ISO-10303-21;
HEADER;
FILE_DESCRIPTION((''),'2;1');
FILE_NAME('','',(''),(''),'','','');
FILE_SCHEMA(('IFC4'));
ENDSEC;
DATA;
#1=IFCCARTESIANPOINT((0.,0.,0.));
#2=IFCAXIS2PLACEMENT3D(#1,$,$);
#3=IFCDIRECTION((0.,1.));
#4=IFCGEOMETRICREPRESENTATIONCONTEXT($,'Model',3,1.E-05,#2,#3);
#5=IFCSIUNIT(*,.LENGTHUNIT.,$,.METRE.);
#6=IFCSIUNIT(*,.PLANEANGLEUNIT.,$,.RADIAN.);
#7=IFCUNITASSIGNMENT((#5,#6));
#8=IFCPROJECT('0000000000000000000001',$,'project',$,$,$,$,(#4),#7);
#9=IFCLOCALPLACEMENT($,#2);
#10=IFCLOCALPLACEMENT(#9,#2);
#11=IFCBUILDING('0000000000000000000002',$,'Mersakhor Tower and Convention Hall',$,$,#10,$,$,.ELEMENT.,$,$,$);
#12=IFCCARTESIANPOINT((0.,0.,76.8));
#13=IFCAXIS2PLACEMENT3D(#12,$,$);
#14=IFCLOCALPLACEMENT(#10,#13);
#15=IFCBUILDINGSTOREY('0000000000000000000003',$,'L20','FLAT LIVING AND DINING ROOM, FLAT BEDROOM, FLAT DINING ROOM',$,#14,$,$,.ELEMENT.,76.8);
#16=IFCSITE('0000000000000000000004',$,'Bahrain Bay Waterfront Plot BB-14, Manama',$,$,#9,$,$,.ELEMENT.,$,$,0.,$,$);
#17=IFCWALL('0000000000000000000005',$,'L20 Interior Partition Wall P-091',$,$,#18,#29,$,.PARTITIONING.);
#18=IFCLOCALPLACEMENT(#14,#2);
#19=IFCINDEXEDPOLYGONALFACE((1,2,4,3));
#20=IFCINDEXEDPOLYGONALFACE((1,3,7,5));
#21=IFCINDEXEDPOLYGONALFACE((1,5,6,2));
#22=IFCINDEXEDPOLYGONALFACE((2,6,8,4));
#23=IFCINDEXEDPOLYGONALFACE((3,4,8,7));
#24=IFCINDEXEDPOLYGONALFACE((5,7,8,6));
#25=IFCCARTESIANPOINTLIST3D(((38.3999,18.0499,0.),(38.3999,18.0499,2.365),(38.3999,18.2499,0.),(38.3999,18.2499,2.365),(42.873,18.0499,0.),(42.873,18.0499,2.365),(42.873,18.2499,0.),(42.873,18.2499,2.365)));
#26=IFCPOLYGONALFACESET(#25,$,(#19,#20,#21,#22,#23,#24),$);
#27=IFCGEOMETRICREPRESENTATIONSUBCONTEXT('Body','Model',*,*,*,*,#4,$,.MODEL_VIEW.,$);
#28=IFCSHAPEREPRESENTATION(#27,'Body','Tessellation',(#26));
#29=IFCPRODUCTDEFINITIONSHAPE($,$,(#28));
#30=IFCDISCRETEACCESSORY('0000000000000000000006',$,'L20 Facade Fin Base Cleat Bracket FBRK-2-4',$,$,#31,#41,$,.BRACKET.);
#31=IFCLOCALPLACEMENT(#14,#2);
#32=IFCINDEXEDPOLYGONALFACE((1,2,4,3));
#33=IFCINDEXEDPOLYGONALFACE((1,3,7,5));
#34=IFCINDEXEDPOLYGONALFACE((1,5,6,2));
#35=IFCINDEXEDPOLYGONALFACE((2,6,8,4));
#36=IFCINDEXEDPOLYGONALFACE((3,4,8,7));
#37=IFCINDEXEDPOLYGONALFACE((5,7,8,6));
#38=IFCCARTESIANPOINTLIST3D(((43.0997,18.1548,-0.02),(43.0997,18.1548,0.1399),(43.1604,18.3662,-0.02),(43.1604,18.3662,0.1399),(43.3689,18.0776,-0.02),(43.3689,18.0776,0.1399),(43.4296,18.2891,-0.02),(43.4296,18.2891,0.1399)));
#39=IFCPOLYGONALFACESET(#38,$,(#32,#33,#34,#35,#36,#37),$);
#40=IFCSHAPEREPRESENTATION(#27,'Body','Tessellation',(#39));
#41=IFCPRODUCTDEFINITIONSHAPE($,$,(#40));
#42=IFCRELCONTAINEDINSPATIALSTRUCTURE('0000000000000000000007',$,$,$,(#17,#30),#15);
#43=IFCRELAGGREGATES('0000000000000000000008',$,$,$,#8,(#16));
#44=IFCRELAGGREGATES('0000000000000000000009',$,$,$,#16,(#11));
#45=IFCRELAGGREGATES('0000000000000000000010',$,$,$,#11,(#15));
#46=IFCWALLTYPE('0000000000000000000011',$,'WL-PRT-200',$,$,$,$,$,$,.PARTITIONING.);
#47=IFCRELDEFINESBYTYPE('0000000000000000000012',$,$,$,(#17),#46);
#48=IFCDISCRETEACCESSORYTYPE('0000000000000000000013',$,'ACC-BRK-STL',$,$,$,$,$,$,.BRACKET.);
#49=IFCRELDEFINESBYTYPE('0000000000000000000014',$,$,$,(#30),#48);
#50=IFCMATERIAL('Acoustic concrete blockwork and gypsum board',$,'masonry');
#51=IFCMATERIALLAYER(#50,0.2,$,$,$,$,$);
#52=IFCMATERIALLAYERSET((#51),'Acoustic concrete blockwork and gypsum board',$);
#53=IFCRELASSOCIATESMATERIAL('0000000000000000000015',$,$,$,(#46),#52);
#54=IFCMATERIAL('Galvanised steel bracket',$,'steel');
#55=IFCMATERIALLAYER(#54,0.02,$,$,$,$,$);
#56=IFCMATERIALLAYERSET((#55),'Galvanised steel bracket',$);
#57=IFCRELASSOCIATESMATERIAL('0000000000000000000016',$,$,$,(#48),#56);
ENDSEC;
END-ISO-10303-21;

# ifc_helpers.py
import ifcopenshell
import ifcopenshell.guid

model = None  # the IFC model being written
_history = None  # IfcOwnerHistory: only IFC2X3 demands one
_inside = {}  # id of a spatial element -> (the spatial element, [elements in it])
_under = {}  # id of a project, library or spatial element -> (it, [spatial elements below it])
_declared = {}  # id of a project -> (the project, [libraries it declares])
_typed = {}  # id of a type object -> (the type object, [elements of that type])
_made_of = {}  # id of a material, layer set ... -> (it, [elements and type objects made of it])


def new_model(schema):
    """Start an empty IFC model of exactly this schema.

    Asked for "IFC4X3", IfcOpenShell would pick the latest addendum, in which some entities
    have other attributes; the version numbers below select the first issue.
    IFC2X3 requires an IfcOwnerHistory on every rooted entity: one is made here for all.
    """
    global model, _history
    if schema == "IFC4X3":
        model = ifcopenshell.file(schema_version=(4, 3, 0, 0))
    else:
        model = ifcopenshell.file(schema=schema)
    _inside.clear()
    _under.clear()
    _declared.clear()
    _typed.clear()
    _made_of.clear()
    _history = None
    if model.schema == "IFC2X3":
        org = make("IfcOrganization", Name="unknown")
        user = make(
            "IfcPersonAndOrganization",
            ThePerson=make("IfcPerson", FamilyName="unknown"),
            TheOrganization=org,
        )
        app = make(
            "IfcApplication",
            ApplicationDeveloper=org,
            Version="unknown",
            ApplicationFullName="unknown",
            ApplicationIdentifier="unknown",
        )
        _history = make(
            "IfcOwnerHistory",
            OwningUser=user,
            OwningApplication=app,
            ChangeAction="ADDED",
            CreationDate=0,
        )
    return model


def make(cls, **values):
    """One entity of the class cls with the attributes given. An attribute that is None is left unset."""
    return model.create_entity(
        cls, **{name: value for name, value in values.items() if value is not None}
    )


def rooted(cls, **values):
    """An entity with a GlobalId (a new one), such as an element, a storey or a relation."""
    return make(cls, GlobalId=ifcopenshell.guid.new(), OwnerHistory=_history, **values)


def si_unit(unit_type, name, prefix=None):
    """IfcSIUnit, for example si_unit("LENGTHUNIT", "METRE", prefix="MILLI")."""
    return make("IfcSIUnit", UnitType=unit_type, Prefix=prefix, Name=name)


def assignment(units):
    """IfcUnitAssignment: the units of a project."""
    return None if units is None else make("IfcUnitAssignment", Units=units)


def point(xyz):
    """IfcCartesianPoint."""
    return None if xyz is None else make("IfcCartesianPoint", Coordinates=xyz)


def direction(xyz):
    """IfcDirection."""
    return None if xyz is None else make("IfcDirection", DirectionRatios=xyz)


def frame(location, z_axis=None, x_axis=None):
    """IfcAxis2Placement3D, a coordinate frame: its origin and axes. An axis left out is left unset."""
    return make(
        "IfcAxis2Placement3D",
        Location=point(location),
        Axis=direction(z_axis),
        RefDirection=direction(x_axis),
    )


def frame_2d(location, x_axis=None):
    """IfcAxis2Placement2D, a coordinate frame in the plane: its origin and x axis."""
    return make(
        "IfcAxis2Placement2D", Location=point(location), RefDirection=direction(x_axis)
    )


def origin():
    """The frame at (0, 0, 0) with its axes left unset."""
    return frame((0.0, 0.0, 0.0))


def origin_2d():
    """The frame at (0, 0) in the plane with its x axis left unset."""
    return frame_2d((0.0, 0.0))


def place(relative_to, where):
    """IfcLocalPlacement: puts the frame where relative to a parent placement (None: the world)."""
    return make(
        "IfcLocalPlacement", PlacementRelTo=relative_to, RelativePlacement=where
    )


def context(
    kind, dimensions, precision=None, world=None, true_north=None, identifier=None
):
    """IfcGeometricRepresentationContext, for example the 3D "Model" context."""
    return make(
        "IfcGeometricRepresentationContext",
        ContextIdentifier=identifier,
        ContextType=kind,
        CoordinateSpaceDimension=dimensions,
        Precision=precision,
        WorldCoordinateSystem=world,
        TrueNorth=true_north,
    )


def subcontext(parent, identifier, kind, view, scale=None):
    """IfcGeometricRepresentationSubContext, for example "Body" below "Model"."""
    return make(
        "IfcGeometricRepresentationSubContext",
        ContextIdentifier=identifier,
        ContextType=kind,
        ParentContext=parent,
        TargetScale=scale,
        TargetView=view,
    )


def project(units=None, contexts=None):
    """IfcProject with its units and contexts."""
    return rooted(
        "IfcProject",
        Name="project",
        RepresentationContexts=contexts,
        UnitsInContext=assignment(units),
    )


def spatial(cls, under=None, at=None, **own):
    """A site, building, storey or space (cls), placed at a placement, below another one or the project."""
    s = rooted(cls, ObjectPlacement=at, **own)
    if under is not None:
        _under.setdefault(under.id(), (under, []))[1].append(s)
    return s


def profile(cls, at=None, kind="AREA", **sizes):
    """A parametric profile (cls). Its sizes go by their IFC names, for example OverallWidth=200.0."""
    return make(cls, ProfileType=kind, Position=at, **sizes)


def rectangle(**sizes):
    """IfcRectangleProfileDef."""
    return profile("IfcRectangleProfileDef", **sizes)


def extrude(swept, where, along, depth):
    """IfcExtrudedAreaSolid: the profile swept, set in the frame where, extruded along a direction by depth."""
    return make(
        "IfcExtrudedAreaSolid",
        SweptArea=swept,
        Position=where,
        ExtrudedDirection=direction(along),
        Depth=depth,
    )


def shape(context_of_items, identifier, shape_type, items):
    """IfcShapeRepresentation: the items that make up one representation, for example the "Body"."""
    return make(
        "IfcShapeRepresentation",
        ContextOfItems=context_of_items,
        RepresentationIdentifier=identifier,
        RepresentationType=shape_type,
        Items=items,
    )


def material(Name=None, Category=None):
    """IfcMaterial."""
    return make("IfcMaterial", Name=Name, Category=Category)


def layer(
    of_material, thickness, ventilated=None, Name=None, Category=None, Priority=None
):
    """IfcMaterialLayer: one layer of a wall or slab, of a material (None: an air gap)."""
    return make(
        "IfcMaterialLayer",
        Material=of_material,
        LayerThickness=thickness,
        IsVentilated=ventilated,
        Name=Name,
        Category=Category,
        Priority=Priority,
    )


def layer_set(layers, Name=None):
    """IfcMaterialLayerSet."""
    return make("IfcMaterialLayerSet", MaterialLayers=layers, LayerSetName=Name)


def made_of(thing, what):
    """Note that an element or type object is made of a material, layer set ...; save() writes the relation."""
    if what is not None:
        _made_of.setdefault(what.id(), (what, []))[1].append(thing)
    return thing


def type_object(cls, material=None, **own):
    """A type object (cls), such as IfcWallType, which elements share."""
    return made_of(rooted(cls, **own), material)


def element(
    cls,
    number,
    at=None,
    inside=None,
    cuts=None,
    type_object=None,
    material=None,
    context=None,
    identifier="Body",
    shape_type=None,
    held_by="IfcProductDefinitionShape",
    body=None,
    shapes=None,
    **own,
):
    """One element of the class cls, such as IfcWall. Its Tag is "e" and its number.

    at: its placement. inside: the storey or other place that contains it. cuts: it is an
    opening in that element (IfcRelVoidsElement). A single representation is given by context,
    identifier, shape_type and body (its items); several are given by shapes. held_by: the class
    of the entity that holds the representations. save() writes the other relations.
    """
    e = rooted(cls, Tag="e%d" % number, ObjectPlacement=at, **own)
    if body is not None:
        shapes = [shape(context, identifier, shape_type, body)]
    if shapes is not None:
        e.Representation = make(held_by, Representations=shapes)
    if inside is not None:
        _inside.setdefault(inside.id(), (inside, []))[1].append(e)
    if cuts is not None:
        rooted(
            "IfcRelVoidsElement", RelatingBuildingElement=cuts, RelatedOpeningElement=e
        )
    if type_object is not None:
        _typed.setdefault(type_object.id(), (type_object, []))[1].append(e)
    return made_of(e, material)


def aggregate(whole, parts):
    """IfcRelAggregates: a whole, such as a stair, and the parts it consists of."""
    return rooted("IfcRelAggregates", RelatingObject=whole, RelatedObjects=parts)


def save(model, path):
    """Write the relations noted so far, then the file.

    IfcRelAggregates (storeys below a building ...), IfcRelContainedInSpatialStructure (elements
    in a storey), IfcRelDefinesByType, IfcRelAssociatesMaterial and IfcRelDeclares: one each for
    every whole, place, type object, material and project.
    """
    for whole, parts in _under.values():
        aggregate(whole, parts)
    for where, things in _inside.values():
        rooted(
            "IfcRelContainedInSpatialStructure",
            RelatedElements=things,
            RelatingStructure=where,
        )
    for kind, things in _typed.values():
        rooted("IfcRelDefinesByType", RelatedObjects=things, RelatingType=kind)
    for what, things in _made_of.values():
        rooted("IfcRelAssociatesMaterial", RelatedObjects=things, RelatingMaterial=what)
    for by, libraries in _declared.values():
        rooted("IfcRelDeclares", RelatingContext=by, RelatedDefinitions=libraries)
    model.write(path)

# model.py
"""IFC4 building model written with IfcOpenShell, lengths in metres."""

from ifc_helpers import new_model, si_unit, direction, frame, frame_2d, origin, origin_2d, place, context, subcontext, project, spatial, rectangle, extrude, material, layer, layer_set, type_object, element, save


model = new_model("IFC4")

# Units and contexts
model_context = context("Model", 3, precision=1e-05, world=origin(), true_north=direction((0.0, 1.0)))
body_context = subcontext(model_context, "Body", "Model", "MODEL_VIEW")
ifc_project = project(units=[si_unit("LENGTHUNIT", "METRE"), si_unit("PLANEANGLEUNIT", "RADIAN")], contexts=[model_context])

# Site, building, storey
site_placement = place(None, origin())
site = spatial("IfcSite", under=ifc_project, at=site_placement, Name="Bahrain Bay Waterfront Plot BB-14, Manama", CompositionType="ELEMENT", RefElevation=0.0)
building_placement = place(site_placement, origin())
building = spatial("IfcBuilding", under=site, at=building_placement, Name="Mersakhor Tower and Convention Hall", CompositionType="ELEMENT")
storey_placement = place(building_placement, frame((0.0, 0.0, 76.8)))
storey = spatial("IfcBuildingStorey", under=building, at=storey_placement, Name="L20", Description="FLAT LIVING AND DINING ROOM, FLAT BEDROOM, FLAT DINING ROOM", CompositionType="ELEMENT", Elevation=76.8)

# Shared definitions
ifc_material_1 = material(Name="Acoustic concrete blockwork and gypsum board", Category="masonry")
ifc_layer_1 = layer(ifc_material_1, 0.2)
ifc_layer_set_1 = layer_set([ifc_layer_1], Name="Acoustic concrete blockwork and gypsum board")
wall_type_1 = type_object("IfcWallType", Name="WL-PRT-200", PredefinedType="PARTITIONING", material=ifc_layer_set_1)

# Wall
wall_1_placement = place(storey_placement, frame((38.3999, 18.1499, 0.0), z_axis=(0.0, 0.0, 1.0), x_axis=(1.0, 0.0, 0.0)))
element("IfcWall", 1, at=wall_1_placement, inside=storey, type_object=wall_type_1, Name="L20 Interior Partition Wall P-091", PredefinedType="PARTITIONING", context=body_context, shape_type="SweptSolid", body=[
    extrude(rectangle(XDim=4.4731, YDim=0.2, at=frame_2d((2.2366, 0.0))), origin(), (0.0, 0.0, 1.0), 2.365),
])

# Discrete accessory
ifc_material_2 = material(Name="Galvanised steel bracket", Category="steel")
ifc_layer_2 = layer(ifc_material_2, 0.02)
ifc_layer_set_2 = layer_set([ifc_layer_2], Name="Galvanised steel bracket")
discrete_accessory_type = type_object("IfcDiscreteAccessoryType", Name="ACC-BRK-STL", PredefinedType="BRACKET", material=ifc_layer_set_2)
discrete_accessory_placement = place(storey_placement, frame((43.2646, 18.2219, -0.02), z_axis=(0.0, 0.0, 1.0), x_axis=(0.961262, -0.275637, 0.0)))
element("IfcDiscreteAccessory", 2, at=discrete_accessory_placement, inside=storey, type_object=discrete_accessory_type, Name="L20 Facade Fin Base Cleat Bracket FBRK-2-4", PredefinedType="BRACKET", context=body_context, shape_type="SweptSolid", body=[
    extrude(rectangle(XDim=0.28, YDim=0.22, at=origin_2d()), origin(), (0.0, 0.0, 1.0), 0.1599),
])

save(model, "model.ifc")
